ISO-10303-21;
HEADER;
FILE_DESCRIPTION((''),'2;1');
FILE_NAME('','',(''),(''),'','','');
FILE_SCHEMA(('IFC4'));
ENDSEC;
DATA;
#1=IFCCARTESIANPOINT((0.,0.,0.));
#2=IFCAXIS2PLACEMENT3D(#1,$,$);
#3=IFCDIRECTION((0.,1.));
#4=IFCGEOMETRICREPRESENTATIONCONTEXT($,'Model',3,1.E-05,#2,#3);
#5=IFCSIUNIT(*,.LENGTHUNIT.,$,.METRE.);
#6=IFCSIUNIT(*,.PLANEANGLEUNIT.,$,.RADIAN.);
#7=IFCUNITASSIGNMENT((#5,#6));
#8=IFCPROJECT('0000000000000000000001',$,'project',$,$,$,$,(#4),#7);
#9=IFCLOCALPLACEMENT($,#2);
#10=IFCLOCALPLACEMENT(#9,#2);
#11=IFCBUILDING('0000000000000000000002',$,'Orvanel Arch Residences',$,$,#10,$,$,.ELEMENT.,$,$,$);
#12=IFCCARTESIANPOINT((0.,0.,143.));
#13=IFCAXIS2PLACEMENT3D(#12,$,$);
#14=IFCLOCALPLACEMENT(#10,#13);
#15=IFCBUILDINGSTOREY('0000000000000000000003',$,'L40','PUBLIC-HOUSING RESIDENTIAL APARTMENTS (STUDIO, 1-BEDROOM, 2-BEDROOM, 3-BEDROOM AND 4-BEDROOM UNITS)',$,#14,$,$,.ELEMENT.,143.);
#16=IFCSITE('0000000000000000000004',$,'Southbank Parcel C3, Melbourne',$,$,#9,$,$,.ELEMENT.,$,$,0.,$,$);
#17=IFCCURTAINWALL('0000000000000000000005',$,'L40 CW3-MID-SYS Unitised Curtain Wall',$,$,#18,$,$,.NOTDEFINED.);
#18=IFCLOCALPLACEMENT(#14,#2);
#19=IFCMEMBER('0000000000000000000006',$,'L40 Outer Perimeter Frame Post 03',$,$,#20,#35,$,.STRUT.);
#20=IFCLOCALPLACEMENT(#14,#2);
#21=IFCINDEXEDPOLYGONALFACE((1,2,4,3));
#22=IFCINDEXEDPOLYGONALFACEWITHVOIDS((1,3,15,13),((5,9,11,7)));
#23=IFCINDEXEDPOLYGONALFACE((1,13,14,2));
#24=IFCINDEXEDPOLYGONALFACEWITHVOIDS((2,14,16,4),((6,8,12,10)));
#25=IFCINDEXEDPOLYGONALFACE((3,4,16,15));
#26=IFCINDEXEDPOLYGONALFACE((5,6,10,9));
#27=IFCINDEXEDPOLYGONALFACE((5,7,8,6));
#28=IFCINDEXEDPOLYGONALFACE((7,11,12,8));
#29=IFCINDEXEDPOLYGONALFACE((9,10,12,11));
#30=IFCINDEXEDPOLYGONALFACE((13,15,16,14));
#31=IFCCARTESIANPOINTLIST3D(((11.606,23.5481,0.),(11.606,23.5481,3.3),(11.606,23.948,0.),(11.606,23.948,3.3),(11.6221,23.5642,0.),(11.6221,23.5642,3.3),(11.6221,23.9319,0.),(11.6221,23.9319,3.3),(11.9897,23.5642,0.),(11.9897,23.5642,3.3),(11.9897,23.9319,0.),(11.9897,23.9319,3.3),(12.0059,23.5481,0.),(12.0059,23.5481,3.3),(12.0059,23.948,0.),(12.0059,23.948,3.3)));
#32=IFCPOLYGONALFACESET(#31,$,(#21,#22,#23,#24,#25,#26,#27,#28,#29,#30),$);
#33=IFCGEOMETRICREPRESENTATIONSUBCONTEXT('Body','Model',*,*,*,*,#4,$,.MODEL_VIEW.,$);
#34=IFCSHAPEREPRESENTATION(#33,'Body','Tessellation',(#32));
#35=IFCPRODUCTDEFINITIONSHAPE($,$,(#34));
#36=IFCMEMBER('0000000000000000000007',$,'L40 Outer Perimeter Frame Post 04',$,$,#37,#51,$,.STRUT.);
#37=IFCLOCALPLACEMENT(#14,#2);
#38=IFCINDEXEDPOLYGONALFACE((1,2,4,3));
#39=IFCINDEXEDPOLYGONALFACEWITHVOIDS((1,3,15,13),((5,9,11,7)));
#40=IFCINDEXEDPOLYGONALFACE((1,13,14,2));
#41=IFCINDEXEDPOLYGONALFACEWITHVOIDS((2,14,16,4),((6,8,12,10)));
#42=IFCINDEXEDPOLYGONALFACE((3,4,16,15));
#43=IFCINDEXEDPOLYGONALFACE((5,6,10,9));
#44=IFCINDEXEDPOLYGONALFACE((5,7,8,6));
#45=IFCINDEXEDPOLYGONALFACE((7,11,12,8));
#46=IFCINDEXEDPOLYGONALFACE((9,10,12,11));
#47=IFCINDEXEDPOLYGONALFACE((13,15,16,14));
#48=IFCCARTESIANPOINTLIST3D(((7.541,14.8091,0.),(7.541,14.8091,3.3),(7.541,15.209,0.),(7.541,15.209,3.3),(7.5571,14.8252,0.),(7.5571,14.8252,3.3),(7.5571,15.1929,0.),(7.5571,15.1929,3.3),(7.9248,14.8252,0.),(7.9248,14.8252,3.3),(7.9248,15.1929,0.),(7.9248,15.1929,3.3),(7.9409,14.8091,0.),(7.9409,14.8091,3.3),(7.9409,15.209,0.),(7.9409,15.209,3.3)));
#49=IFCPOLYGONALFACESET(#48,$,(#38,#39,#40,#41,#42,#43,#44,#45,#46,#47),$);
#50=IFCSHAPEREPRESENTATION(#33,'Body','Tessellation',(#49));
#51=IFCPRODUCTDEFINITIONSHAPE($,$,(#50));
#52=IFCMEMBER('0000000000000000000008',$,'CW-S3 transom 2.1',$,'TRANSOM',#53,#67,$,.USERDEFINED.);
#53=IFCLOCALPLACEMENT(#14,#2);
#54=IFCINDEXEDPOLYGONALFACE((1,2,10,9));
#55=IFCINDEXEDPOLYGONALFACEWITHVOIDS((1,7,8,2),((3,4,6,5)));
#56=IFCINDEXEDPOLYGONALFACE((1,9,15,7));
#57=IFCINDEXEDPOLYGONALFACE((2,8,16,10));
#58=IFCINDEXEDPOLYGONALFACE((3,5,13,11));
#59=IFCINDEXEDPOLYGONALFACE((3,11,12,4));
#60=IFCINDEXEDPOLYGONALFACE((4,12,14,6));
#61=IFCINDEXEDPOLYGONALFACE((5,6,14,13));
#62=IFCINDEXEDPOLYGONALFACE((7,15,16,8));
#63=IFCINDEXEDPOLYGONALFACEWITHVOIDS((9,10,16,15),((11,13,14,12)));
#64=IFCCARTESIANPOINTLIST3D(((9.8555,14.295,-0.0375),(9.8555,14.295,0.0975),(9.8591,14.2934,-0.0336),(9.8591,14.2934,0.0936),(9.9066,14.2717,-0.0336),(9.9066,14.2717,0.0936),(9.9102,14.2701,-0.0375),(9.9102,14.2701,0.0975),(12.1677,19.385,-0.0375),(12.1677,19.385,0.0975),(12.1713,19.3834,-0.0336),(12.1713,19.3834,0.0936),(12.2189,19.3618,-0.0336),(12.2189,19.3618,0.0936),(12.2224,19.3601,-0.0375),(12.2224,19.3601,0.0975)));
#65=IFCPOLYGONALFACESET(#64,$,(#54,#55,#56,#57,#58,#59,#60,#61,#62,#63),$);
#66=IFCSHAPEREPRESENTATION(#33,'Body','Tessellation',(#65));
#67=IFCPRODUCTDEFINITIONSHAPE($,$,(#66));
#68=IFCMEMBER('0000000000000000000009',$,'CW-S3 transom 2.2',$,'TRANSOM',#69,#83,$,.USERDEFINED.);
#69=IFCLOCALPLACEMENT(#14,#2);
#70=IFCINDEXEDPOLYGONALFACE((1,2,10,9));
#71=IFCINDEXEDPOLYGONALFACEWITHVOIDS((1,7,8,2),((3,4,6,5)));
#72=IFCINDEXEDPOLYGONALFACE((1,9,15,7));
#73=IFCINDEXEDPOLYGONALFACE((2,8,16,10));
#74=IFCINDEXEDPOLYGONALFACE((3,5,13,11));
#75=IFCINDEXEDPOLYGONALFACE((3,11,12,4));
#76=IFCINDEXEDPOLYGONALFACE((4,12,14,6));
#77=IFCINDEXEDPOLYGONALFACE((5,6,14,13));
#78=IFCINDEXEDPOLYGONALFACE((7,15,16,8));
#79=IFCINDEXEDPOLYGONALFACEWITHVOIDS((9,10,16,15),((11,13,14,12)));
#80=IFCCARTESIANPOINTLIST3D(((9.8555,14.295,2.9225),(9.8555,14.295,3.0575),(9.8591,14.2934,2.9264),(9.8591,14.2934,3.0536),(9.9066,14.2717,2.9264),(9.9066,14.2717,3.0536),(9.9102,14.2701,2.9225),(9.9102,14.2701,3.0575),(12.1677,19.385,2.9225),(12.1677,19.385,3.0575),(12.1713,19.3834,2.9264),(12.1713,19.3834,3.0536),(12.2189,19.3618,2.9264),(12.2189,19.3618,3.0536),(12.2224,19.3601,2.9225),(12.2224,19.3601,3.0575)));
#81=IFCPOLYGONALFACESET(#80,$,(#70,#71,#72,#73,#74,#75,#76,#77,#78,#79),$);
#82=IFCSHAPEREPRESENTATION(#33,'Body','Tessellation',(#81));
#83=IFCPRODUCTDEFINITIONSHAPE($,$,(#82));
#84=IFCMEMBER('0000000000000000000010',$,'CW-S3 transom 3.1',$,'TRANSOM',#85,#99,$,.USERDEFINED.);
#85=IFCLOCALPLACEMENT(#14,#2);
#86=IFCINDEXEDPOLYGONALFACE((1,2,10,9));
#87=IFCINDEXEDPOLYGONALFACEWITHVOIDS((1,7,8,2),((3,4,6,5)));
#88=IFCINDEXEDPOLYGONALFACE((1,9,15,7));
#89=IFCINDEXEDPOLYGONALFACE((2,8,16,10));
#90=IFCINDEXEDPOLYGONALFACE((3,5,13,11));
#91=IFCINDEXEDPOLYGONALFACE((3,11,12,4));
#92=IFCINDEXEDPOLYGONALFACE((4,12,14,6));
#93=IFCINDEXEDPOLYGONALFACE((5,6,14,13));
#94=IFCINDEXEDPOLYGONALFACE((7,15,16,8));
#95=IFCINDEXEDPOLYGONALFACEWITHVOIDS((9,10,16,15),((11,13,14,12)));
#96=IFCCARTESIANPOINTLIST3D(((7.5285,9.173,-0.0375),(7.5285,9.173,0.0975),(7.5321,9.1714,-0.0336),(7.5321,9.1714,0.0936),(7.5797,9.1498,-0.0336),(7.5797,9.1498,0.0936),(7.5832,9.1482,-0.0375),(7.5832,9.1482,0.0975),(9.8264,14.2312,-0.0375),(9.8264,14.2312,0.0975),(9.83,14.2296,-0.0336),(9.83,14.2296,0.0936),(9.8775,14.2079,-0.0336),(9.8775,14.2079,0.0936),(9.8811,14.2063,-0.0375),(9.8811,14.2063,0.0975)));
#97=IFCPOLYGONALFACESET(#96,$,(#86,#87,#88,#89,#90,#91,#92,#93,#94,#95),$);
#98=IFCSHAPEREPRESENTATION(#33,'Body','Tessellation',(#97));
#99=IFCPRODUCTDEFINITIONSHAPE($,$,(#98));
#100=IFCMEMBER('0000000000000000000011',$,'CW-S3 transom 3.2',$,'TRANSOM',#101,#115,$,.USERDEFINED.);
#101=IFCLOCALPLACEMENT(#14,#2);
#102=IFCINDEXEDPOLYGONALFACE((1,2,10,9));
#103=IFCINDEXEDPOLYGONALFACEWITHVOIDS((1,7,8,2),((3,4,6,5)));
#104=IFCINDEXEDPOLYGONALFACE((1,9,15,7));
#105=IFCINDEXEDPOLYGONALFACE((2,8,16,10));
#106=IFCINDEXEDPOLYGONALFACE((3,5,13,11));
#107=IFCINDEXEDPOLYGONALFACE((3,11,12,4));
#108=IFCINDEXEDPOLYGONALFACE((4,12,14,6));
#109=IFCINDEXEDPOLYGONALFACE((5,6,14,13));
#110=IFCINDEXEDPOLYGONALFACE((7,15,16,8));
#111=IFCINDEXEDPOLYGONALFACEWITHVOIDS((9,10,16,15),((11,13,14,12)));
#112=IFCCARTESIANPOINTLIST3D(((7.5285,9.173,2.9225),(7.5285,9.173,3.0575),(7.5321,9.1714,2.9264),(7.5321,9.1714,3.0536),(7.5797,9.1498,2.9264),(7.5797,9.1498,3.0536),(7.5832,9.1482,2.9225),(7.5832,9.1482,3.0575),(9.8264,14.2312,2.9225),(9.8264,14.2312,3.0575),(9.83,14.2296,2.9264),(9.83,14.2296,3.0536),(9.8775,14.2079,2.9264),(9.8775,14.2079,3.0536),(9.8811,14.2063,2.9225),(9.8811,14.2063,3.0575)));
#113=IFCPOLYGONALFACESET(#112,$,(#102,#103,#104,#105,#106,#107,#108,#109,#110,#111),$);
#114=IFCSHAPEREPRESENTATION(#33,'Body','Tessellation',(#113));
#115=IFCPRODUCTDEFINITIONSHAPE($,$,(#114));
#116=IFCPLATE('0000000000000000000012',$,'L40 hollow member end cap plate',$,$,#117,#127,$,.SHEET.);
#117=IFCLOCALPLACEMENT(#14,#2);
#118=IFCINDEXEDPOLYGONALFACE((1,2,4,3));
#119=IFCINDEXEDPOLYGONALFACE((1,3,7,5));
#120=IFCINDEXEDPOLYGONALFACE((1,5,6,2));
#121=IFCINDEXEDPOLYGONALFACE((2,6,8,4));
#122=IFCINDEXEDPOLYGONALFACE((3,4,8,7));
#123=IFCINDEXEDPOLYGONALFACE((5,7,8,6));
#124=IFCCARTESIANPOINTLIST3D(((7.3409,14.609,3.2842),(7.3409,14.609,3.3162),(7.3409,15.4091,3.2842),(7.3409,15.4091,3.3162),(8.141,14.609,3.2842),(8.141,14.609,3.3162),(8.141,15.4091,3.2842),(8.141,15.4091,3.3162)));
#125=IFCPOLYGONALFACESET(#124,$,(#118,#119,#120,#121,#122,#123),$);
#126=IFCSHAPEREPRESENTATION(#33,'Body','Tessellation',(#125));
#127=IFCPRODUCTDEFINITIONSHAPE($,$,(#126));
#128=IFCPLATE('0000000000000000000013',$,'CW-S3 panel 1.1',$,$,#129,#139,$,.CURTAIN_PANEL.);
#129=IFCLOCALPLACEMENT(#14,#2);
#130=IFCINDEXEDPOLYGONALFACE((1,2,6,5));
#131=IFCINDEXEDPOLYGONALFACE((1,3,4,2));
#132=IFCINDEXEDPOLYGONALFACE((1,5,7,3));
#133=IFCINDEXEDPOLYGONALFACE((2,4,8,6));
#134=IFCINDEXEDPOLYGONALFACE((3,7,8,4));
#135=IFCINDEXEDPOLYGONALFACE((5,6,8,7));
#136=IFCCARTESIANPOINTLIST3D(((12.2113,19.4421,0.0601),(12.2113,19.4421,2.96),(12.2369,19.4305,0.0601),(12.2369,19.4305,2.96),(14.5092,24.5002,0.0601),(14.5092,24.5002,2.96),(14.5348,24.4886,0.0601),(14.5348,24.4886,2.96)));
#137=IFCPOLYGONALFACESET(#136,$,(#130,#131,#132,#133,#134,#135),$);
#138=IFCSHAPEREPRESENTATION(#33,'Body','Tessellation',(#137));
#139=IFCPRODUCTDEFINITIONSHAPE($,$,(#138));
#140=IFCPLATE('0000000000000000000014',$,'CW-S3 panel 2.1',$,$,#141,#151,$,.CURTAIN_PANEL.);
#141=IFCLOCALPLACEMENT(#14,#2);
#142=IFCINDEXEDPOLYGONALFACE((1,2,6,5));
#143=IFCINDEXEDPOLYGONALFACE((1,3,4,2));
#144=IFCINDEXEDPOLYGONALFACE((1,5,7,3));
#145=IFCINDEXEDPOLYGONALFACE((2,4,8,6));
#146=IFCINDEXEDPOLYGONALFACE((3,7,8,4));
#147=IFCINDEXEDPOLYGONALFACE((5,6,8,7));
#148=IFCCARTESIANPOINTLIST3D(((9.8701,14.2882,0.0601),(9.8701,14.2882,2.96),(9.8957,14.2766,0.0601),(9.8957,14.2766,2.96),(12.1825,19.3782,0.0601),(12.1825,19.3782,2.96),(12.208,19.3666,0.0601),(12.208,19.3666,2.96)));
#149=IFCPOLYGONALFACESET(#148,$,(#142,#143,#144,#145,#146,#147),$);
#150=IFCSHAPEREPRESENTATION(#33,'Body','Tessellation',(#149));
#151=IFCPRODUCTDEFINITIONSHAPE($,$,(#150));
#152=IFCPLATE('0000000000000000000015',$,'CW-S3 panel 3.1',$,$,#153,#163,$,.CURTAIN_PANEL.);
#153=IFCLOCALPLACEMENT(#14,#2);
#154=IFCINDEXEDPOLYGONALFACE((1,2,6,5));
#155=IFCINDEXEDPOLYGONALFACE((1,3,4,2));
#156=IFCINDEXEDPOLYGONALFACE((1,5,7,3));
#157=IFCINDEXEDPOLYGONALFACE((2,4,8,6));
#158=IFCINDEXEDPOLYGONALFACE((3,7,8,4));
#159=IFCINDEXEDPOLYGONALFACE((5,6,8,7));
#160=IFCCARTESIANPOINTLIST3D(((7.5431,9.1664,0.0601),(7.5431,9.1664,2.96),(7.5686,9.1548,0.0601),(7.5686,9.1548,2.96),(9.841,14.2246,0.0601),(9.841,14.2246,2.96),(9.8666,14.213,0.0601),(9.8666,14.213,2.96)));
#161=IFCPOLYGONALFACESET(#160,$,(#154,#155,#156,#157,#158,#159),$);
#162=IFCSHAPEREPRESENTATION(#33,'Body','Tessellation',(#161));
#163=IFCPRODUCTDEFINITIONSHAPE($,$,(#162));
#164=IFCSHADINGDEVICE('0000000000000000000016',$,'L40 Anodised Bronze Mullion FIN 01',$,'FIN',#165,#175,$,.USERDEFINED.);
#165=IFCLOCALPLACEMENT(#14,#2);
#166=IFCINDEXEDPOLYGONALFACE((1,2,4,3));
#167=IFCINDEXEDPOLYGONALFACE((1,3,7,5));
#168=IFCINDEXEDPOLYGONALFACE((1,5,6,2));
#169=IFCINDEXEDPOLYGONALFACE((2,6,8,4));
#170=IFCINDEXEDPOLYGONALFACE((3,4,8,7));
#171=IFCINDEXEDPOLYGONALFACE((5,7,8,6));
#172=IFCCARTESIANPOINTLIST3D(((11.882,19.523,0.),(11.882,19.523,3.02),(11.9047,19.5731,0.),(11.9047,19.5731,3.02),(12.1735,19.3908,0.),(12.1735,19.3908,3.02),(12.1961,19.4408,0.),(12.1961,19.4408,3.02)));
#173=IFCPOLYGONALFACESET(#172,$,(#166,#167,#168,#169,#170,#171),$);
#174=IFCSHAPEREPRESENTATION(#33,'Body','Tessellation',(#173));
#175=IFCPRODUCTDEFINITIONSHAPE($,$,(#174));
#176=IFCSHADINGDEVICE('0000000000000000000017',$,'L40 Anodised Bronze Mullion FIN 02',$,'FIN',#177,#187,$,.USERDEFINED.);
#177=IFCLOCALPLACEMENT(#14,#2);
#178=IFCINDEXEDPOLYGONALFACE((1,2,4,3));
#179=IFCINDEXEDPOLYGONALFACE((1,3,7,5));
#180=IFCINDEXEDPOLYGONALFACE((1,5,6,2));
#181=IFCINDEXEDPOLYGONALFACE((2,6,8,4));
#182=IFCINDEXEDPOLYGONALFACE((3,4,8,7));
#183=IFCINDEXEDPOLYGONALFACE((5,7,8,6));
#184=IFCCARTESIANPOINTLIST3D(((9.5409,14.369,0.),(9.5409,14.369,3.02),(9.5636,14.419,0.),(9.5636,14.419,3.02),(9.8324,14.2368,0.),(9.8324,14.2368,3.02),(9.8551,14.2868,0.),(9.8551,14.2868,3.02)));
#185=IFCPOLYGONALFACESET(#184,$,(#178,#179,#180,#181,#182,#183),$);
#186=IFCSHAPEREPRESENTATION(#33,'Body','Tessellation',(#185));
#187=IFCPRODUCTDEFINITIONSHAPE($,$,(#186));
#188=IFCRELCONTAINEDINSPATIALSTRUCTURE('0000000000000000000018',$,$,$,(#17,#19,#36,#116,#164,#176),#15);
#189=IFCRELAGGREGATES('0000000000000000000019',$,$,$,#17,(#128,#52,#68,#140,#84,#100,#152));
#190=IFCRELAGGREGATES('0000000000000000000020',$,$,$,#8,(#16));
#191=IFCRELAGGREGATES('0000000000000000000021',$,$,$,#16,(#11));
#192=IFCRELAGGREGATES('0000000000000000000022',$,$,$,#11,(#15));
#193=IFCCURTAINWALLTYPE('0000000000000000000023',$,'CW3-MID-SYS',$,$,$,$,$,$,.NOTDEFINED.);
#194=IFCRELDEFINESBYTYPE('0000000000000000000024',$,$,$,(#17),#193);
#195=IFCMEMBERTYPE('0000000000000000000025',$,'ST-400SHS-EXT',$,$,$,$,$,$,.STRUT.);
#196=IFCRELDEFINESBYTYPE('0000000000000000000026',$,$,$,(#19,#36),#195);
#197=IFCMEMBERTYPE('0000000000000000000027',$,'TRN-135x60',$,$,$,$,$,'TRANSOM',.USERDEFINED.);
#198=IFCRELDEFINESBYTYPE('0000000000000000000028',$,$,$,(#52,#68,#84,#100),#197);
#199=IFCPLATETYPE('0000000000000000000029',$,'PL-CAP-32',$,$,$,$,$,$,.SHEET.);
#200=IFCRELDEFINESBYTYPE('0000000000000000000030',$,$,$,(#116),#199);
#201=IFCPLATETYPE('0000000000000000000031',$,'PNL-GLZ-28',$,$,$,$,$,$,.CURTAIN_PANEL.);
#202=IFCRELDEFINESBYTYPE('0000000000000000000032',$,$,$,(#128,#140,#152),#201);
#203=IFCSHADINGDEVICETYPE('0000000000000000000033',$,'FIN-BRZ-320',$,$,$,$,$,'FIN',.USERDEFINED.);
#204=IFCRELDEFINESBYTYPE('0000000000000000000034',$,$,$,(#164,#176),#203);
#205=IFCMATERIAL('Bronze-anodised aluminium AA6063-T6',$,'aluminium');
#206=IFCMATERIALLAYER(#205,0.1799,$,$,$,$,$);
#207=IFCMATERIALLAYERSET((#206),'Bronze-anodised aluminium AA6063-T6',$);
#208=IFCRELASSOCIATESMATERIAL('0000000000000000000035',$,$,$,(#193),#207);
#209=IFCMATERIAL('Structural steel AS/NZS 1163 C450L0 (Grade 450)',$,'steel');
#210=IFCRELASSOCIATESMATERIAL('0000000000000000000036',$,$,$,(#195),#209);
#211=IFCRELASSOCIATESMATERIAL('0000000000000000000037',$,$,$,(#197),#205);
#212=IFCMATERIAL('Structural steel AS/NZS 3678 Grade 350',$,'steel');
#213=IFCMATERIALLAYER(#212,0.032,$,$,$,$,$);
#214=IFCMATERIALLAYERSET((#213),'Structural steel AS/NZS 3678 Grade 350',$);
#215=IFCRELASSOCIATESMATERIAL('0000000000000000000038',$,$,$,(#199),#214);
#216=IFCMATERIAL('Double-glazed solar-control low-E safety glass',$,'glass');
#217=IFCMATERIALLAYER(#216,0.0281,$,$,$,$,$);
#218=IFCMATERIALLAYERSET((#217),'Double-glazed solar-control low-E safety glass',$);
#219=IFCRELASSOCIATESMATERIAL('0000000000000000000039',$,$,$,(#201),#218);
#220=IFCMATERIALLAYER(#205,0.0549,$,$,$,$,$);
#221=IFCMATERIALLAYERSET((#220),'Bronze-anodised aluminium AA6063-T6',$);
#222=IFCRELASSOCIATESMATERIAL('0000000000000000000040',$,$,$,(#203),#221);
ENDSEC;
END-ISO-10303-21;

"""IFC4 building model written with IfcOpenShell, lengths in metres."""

from ifc_helpers import new_model, si_unit, direction, frame, origin, origin_2d, place, context, subcontext, project, spatial, rectangle, hollow_rectangle, extrude, material, layer, layer_set, material_profile, profile_set, type_object, element, aggregate, save


model = new_model("IFC4")

# Units and contexts
model_context = context("Model", 3, precision=1e-05, world=origin(), true_north=direction((0.0, 1.0)))
body_context = subcontext(model_context, "Body", "Model", "MODEL_VIEW")
ifc_project = project(units=[si_unit("LENGTHUNIT", "METRE"), si_unit("PLANEANGLEUNIT", "RADIAN")], contexts=[model_context])

# Site, building, storey
site_placement = place(None, origin())
site = spatial("IfcSite", under=ifc_project, at=site_placement, Name="Southbank Parcel C3, Melbourne", CompositionType="ELEMENT", RefElevation=0.0)
building_placement = place(site_placement, origin())
building = spatial("IfcBuilding", under=site, at=building_placement, Name="Orvanel Arch Residences", CompositionType="ELEMENT")
storey_placement = place(building_placement, frame((0.0, 0.0, 143.0)))
storey = spatial("IfcBuildingStorey", under=building, at=storey_placement, Name="L40", Description="PUBLIC-HOUSING RESIDENTIAL APARTMENTS (STUDIO, 1-BEDROOM, 2-BEDROOM, 3-BEDROOM AND 4-BEDROOM UNITS)", CompositionType="ELEMENT", Elevation=143.0)

# Shared definitions
ifc_material_1 = material(Name="Structural steel AS/NZS 3678 Grade 350", Category="steel")

# Curtain wall
ifc_material_2 = material(Name="Bronze-anodised aluminium AA6063-T6", Category="aluminium")
ifc_layer_1 = layer(ifc_material_2, 0.1799)
ifc_layer_set_1 = layer_set([ifc_layer_1], Name="Bronze-anodised aluminium AA6063-T6")
curtain_wall_type = type_object("IfcCurtainWallType", Name="CW3-MID-SYS", PredefinedType="NOTDEFINED", material=ifc_layer_set_1)
curtain_wall_placement = place(storey_placement, origin())
curtain_wall = element("IfcCurtainWall", 1, at=curtain_wall_placement, inside=storey, type_object=curtain_wall_type, Name="L40 CW3-MID-SYS Unitised Curtain Wall", PredefinedType="NOTDEFINED")

# Members
ifc_material_3 = material(Name="Structural steel AS/NZS 1163 C450L0 (Grade 450)", Category="steel")
ifc_material_profile_1 = material_profile(ifc_material_3, hollow_rectangle(XDim=0.3999, YDim=0.3999, WallThickness=0.0161, at=origin_2d()), Name="SHS400x400x16")
ifc_profile_set_1 = profile_set([ifc_material_profile_1], Name="Structural steel AS/NZS 1163 C450L0 (Grade 450)")
member_type_1 = type_object("IfcMemberType", Name="ST-400SHS-EXT", PredefinedType="STRUT", material=ifc_profile_set_1)
for number, where, z_axis, x_axis, name in (
    (2, (11.8059, 23.748, 0.0), (0.0, 0.0, 1.0), (1.0, 0.0, 0.0), "L40 Outer Perimeter Frame Post 03"),
    (3, (7.741, 15.009, 0.0), (0.0, 0.0, 1.0), (1.0, 0.0, 0.0), "L40 Outer Perimeter Frame Post 04"),
):
    element("IfcMember", number, at=place(storey_placement, frame(where, z_axis=z_axis, x_axis=x_axis)), inside=storey, type_object=member_type_1, Name=name, PredefinedType="STRUT", context=body_context, shape_type="SweptSolid", body=[
        extrude(hollow_rectangle(XDim=0.3999, YDim=0.3999, WallThickness=0.0161, at=origin_2d()), origin(), (0.0, 0.0, 1.0), 3.3),
    ])

# Members
ifc_material_profile_2 = material_profile(ifc_material_2, hollow_rectangle(XDim=0.0601, YDim=0.135, WallThickness=0.0039, at=origin_2d()), Name="ALU135x60x4")
ifc_profile_set_2 = profile_set([ifc_material_profile_2], Name="Bronze-anodised aluminium AA6063-T6")
member_type_2 = type_object("IfcMemberType", Name="TRN-135x60", ElementType="TRANSOM", PredefinedType="USERDEFINED", material=ifc_profile_set_2)
member_1_placement = place(storey_placement, frame((12.1951, 19.3726, 0.03), z_axis=(-0.413592, -0.910462, 0.0), x_axis=(0.910462, -0.413592, 0.0)))
member_1 = element("IfcMember", 4, at=member_1_placement, type_object=member_type_2, Name="CW-S3 transom 2.1", ObjectType="TRANSOM", PredefinedType="USERDEFINED", context=body_context, shape_type="SweptSolid", body=[
    extrude(hollow_rectangle(XDim=0.0601, YDim=0.135, WallThickness=0.0039, at=origin_2d()), origin(), (0.0, 0.0, 1.0), 5.5906),
])
member_2_placement = place(storey_placement, frame((12.1951, 19.3726, 2.99), z_axis=(-0.413592, -0.910462, 0.0), x_axis=(0.910462, -0.413592, 0.0)))
member_2 = element("IfcMember", 5, at=member_2_placement, type_object=member_type_2, Name="CW-S3 transom 2.2", ObjectType="TRANSOM", PredefinedType="USERDEFINED", context=body_context, shape_type="SweptSolid", body=[
    extrude(hollow_rectangle(XDim=0.0601, YDim=0.135, WallThickness=0.0039, at=origin_2d()), origin(), (0.0, 0.0, 1.0), 5.5906),
])
member_3_placement = place(storey_placement, frame((9.8538, 14.2188, 0.03), z_axis=(-0.413611, -0.910454, 0.0), x_axis=(0.910454, -0.413611, 0.0)))
member_3 = element("IfcMember", 6, at=member_3_placement, type_object=member_type_2, Name="CW-S3 transom 3.1", ObjectType="TRANSOM", PredefinedType="USERDEFINED", context=body_context, shape_type="SweptSolid", body=[
    extrude(hollow_rectangle(XDim=0.0601, YDim=0.135, WallThickness=0.0039, at=origin_2d()), origin(), (0.0, 0.0, 1.0), 5.5557),
])
member_4_placement = place(storey_placement, frame((9.8538, 14.2188, 2.99), z_axis=(-0.413611, -0.910454, 0.0), x_axis=(0.910454, -0.413611, 0.0)))
member_4 = element("IfcMember", 7, at=member_4_placement, type_object=member_type_2, Name="CW-S3 transom 3.2", ObjectType="TRANSOM", PredefinedType="USERDEFINED", context=body_context, shape_type="SweptSolid", body=[
    extrude(hollow_rectangle(XDim=0.0601, YDim=0.135, WallThickness=0.0039, at=origin_2d()), origin(), (0.0, 0.0, 1.0), 5.5557),
])

# Plates
ifc_layer_2 = layer(ifc_material_1, 0.032)
ifc_layer_set_2 = layer_set([ifc_layer_2], Name="Structural steel AS/NZS 3678 Grade 350")
plate_type_1 = type_object("IfcPlateType", Name="PL-CAP-32", PredefinedType="SHEET", material=ifc_layer_set_2)
plate_1_placement = place(storey_placement, frame((7.741, 15.009, 3.2842), z_axis=(0.0, 0.0, 1.0), x_axis=(1.0, 0.0, 0.0)))
element("IfcPlate", 8, at=plate_1_placement, inside=storey, type_object=plate_type_1, Name="L40 hollow member end cap plate", PredefinedType="SHEET", context=body_context, shape_type="SweptSolid", body=[
    extrude(rectangle(XDim=0.8, YDim=0.8, at=origin_2d()), origin(), (0.0, 0.0, 1.0), 0.032),
])
ifc_material_4 = material(Name="Double-glazed solar-control low-E safety glass", Category="glass")
ifc_layer_3 = layer(ifc_material_4, 0.0281)
ifc_layer_set_3 = layer_set([ifc_layer_3], Name="Double-glazed solar-control low-E safety glass")
plate_type_2 = type_object("IfcPlateType", Name="PNL-GLZ-28", PredefinedType="CURTAIN_PANEL", material=ifc_layer_set_3)
plate_2_placement = place(storey_placement, frame((13.373, 21.9653, 0.0601), z_axis=(0.0, 0.0, 1.0), x_axis=(-0.413621, -0.910449, 0.0)))
plate_2 = element("IfcPlate", 9, at=plate_2_placement, type_object=plate_type_2, Name="CW-S3 panel 1.1", PredefinedType="CURTAIN_PANEL", context=body_context, shape_type="SweptSolid", body=[
    extrude(rectangle(XDim=5.5557, YDim=0.0281, at=origin_2d()), origin(), (0.0, 0.0, 1.0), 2.8999),
])
plate_3_placement = place(storey_placement, frame((11.0391, 16.8274, 0.0601), z_axis=(0.0, 0.0, 1.0), x_axis=(-0.413621, -0.910449, 0.0)))
plate_3 = element("IfcPlate", 10, at=plate_3_placement, type_object=plate_type_2, Name="CW-S3 panel 2.1", PredefinedType="CURTAIN_PANEL", context=body_context, shape_type="SweptSolid", body=[
    extrude(rectangle(XDim=5.5906, YDim=0.0281, at=origin_2d()), origin(), (0.0, 0.0, 1.0), 2.8999),
])
plate_4_placement = place(storey_placement, frame((8.7048, 11.6897, 0.0601), z_axis=(0.0, 0.0, 1.0), x_axis=(-0.413621, -0.910449, 0.0)))
plate_4 = element("IfcPlate", 11, at=plate_4_placement, type_object=plate_type_2, Name="CW-S3 panel 3.1", PredefinedType="CURTAIN_PANEL", context=body_context, shape_type="SweptSolid", body=[
    extrude(rectangle(XDim=5.5557, YDim=0.0281, at=origin_2d()), origin(), (0.0, 0.0, 1.0), 2.8999),
])
aggregate(curtain_wall, [plate_2, member_1, member_2, plate_3, member_3, member_4, plate_4])

# Shading devices
ifc_layer_4 = layer(ifc_material_2, 0.0549)
ifc_layer_set_4 = layer_set([ifc_layer_4], Name="Bronze-anodised aluminium AA6063-T6")
shading_device_type = type_object("IfcShadingDeviceType", Name="FIN-BRZ-320", ElementType="FIN", PredefinedType="USERDEFINED", material=ifc_layer_set_4)
for number, where, z_axis, x_axis, name in (
    (12, (12.0391, 19.4819, 0.0), (0.0, 0.0, 1.0), (-0.910684, 0.413104, 0.0), "L40 Anodised Bronze Mullion FIN 01"),
    (13, (9.698, 14.3279, 0.0), (0.0, 0.0, 1.0), (-0.910684, 0.413104, 0.0), "L40 Anodised Bronze Mullion FIN 02"),
):
    element("IfcShadingDevice", number, at=place(storey_placement, frame(where, z_axis=z_axis, x_axis=x_axis)), inside=storey, type_object=shading_device_type, Name=name, ObjectType="FIN", PredefinedType="USERDEFINED", context=body_context, shape_type="SweptSolid", body=[
        extrude(rectangle(XDim=0.3201, YDim=0.0549, at=origin_2d()), origin(), (0.0, 0.0, 1.0), 3.02),
    ])

save(model, "model.ifc")
